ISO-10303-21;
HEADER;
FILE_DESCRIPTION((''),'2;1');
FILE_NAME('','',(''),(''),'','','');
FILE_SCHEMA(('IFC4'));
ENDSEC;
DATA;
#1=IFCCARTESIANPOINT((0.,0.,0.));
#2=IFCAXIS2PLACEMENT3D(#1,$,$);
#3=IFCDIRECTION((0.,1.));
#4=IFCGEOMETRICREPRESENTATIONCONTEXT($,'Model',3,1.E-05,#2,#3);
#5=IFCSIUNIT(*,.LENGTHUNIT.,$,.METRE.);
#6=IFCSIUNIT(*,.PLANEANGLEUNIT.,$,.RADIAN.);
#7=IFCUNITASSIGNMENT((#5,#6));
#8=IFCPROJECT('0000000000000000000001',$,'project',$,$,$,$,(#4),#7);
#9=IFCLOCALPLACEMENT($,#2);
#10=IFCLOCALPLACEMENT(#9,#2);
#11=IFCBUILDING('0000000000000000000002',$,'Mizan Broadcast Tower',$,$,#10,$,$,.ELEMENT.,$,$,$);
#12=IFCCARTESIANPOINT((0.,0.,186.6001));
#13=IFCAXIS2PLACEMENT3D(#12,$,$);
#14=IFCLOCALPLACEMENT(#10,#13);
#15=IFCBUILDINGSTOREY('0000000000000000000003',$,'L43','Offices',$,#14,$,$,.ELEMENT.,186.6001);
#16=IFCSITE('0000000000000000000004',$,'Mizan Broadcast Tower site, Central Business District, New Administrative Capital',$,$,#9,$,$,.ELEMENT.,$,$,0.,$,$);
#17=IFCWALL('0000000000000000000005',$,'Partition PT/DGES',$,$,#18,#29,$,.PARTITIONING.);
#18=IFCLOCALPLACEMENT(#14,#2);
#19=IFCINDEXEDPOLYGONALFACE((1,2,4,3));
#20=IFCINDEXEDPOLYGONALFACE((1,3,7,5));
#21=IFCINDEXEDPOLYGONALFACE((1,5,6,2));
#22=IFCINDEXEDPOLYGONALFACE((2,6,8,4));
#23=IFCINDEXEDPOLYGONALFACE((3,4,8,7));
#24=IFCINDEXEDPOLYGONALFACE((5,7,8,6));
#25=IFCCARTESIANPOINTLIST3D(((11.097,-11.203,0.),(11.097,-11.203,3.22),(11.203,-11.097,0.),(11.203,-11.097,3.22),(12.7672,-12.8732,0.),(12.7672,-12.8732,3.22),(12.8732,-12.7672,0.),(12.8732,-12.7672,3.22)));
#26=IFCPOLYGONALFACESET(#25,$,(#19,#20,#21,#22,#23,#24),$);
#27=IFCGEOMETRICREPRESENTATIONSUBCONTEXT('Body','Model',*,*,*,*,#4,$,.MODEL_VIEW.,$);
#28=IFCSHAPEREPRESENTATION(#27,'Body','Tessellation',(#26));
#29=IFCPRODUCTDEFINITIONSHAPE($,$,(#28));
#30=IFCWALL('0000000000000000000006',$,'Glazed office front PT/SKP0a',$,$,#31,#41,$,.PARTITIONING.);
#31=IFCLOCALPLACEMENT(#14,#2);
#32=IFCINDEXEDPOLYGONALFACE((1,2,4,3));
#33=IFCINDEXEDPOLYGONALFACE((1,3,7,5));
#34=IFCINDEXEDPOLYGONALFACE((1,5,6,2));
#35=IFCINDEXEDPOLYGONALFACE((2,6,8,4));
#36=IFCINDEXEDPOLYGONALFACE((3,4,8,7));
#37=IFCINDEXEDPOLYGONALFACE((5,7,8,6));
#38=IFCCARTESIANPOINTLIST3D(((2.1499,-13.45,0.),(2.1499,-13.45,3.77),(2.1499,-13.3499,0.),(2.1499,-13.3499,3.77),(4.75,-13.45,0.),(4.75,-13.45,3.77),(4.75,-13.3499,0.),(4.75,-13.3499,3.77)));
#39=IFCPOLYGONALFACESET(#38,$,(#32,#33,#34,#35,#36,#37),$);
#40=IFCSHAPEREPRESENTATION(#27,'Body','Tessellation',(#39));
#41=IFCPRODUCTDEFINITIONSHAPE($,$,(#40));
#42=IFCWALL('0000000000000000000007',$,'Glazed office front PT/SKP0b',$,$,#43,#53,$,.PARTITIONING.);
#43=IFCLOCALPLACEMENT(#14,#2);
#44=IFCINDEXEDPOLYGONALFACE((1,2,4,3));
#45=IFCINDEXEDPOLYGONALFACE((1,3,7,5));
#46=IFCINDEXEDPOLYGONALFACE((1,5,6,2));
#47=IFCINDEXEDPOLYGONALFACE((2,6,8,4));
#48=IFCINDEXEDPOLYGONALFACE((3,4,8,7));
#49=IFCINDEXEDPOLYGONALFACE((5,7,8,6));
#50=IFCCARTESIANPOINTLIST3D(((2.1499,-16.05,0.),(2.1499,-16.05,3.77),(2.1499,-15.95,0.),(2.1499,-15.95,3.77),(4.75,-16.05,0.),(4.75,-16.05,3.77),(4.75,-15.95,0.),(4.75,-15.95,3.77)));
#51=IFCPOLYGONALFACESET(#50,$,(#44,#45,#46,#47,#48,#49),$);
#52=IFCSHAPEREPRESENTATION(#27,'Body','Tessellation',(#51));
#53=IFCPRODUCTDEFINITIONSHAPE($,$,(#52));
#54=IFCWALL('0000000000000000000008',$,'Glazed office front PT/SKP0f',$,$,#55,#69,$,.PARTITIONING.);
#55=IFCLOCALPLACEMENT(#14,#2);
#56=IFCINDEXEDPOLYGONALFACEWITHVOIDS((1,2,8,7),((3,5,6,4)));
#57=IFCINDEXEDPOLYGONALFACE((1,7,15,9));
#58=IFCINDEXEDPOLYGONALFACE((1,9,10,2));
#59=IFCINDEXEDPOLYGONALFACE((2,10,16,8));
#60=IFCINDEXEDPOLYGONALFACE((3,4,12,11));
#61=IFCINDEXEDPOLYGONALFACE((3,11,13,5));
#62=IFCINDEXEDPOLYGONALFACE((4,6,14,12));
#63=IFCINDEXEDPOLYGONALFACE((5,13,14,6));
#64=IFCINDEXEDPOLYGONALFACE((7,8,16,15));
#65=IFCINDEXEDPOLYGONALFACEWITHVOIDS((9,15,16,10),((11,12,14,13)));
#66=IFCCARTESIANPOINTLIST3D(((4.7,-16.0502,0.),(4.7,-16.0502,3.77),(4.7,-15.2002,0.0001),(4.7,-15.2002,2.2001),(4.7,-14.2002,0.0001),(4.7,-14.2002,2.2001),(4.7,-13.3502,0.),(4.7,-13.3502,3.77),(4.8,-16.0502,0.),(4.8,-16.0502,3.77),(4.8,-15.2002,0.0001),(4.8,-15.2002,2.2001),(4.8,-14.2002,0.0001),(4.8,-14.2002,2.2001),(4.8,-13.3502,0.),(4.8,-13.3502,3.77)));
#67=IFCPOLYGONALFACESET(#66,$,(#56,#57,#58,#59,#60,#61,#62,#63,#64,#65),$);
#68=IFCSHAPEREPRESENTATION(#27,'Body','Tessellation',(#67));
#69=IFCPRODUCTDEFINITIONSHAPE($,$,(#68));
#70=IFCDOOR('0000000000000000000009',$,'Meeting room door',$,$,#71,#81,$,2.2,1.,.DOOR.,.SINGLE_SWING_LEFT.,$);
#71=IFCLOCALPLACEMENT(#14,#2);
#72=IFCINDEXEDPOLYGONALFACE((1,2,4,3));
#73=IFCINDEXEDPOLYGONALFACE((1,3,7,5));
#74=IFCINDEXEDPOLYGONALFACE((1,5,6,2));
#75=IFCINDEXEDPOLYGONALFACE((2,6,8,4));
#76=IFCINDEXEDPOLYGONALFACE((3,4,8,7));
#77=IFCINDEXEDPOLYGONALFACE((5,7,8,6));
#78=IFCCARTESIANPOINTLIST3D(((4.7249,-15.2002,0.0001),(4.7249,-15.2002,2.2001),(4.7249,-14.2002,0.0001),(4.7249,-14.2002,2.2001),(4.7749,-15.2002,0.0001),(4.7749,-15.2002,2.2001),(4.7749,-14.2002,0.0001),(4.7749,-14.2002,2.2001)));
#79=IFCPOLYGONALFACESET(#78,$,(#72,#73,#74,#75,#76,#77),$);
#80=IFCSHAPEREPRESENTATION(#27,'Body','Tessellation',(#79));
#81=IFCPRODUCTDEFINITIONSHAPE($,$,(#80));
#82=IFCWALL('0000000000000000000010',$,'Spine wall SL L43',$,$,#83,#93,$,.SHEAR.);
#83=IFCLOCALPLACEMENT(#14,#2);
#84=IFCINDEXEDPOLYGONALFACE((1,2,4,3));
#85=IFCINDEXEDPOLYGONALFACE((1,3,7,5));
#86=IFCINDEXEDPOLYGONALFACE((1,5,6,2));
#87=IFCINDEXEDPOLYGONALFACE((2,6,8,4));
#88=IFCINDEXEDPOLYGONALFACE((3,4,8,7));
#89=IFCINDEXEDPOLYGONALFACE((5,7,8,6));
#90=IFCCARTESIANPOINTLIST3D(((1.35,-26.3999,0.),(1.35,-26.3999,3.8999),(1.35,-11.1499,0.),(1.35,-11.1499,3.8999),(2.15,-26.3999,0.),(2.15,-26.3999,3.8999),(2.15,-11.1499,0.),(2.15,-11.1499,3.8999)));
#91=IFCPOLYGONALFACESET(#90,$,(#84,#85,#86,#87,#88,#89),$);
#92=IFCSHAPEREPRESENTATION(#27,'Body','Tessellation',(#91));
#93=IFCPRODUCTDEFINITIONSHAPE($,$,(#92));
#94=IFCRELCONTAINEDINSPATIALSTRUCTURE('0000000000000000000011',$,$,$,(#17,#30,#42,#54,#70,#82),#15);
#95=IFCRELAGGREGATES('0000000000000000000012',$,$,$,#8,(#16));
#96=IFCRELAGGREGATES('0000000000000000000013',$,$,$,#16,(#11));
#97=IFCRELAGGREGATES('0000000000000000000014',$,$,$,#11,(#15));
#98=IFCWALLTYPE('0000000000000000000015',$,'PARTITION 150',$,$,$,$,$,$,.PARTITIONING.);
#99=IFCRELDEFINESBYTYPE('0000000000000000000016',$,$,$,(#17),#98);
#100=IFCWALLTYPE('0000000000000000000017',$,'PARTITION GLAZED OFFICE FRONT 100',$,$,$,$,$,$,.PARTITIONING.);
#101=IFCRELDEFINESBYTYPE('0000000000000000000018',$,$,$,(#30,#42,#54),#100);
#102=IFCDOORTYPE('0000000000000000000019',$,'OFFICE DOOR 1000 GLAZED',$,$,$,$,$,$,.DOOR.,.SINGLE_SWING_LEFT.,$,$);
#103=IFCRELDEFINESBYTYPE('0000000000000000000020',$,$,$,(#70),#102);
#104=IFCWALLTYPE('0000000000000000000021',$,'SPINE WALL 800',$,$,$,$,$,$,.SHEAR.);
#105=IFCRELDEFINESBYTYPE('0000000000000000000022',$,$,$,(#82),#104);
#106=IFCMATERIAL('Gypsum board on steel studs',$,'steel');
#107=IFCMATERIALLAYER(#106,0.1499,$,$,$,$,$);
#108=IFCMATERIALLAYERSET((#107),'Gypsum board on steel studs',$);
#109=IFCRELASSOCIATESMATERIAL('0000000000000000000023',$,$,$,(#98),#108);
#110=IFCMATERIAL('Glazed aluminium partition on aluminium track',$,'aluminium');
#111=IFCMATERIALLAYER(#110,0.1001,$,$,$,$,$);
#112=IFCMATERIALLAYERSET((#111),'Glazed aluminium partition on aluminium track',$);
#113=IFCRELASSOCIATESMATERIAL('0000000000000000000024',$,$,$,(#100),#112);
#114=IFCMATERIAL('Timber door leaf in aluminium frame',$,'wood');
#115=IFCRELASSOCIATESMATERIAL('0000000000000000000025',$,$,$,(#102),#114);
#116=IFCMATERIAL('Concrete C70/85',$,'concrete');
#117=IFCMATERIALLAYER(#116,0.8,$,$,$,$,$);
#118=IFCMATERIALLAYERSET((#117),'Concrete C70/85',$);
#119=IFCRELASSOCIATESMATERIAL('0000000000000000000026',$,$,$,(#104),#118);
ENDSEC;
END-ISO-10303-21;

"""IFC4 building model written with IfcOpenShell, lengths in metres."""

from ifc_helpers import new_model, si_unit, direction, frame, frame_2d, origin, place, context, subcontext, project, spatial, rectangle, extrude, material, layer, layer_set, type_object, element, fill, save


model = new_model("IFC4")

# Units and contexts
model_context = context("Model", 3, precision=1e-05, world=origin(), true_north=direction((0.0, 1.0)))
body_context = subcontext(model_context, "Body", "Model", "MODEL_VIEW")
ifc_project = project(units=[si_unit("LENGTHUNIT", "METRE"), si_unit("PLANEANGLEUNIT", "RADIAN")], contexts=[model_context])

# Site, building, storey
site_placement = place(None, origin())
site = spatial("IfcSite", under=ifc_project, at=site_placement, Name="Mizan Broadcast Tower site, Central Business District, New Administrative Capital", CompositionType="ELEMENT", RefElevation=0.0)
building_placement = place(site_placement, origin())
building = spatial("IfcBuilding", under=site, at=building_placement, Name="Mizan Broadcast Tower", CompositionType="ELEMENT")
storey_placement = place(building_placement, frame((0.0, 0.0, 186.6001)))
storey = spatial("IfcBuildingStorey", under=building, at=storey_placement, Name="L43", Description="Offices", CompositionType="ELEMENT", Elevation=186.6001)

# Walls
ifc_material_1 = material(Name="Gypsum board on steel studs", Category="steel")
ifc_layer_1 = layer(ifc_material_1, 0.1499)
ifc_layer_set_1 = layer_set([ifc_layer_1], Name="Gypsum board on steel studs")
wall_type_1 = type_object("IfcWallType", Name="PARTITION 150", PredefinedType="PARTITIONING", material=ifc_layer_set_1)
wall_1_placement = place(storey_placement, frame((11.1499, -11.1499, 0.0), z_axis=(0.0, 0.0, 1.0), x_axis=(0.707107, -0.707107, 0.0)))
element("IfcWall", 1, at=wall_1_placement, inside=storey, type_object=wall_type_1, Name="Partition PT/DGES", PredefinedType="PARTITIONING", context=body_context, shape_type="SweptSolid", body=[
    extrude(rectangle(XDim=2.3621, YDim=0.1499, at=frame_2d((1.1812, 0.0))), origin(), (0.0, 0.0, 1.0), 3.22),
])
ifc_material_2 = material(Name="Glazed aluminium partition on aluminium track", Category="aluminium")
ifc_layer_2 = layer(ifc_material_2, 0.1001)
ifc_layer_set_2 = layer_set([ifc_layer_2], Name="Glazed aluminium partition on aluminium track")
wall_type_2 = type_object("IfcWallType", Name="PARTITION GLAZED OFFICE FRONT 100", PredefinedType="PARTITIONING", material=ifc_layer_set_2)
for number, where, z_axis, x_axis, name in (
    (2, (2.1499, -13.3999, 0.0), (0.0, 0.0, 1.0), (1.0, 0.0, 0.0), "Glazed office front PT/SKP0a"),
    (3, (2.1499, -16.0, 0.0), (0.0, 0.0, 1.0), (1.0, 0.0, 0.0), "Glazed office front PT/SKP0b"),
):
    element("IfcWall", number, at=place(storey_placement, frame(where, z_axis=z_axis, x_axis=x_axis)), inside=storey, type_object=wall_type_2, Name=name, PredefinedType="PARTITIONING", context=body_context, shape_type="SweptSolid", body=[
        extrude(rectangle(XDim=2.6001, YDim=0.1001, at=frame_2d((1.3, 0.0))), origin(), (0.0, 0.0, 1.0), 3.77),
    ])

# Wall, opening, door
wall_2_placement = place(storey_placement, frame((4.75, -13.3501, 0.0), z_axis=(0.0, 0.0, 1.0), x_axis=(0.0, -1.0, 0.0)))
wall_2 = element("IfcWall", 4, at=wall_2_placement, inside=storey, type_object=wall_type_2, Name="Glazed office front PT/SKP0f", PredefinedType="PARTITIONING", context=body_context, shape_type="SweptSolid", body=[
    extrude(rectangle(XDim=2.7, YDim=0.1001, at=frame_2d((1.3501, 0.0))), origin(), (0.0, 0.0, 1.0), 3.77),
])
opening_1_placement = place(wall_2_placement, frame((0.8501, 0.0, 0.0)))
opening_1 = element("IfcOpeningElement", 5, at=opening_1_placement, cuts=wall_2, PredefinedType="OPENING", context=body_context, shape_type="SweptSolid", body=[
    extrude(rectangle(XDim=1.0, YDim=2.2, at=frame_2d((0.5, 1.1001))), frame((0.0, 0.0601, 0.0), z_axis=(0.0, -1.0, 0.0), x_axis=(1.0, 0.0, 0.0)), (0.0, 0.0, 1.0), 0.1201),
])
ifc_material_3 = material(Name="Timber door leaf in aluminium frame", Category="wood")
door_type_1 = type_object("IfcDoorType", Name="OFFICE DOOR 1000 GLAZED", OperationType="SINGLE_SWING_LEFT", PredefinedType="DOOR", material=ifc_material_3)
door_1_placement = place(opening_1_placement, origin())
door_1 = element("IfcDoor", 6, at=door_1_placement, inside=storey, type_object=door_type_1, Name="Meeting room door", OperationType="SINGLE_SWING_LEFT", OverallHeight=2.2, OverallWidth=1.0, PredefinedType="DOOR", context=body_context, shape_type="SweptSolid", body=[
    extrude(rectangle(XDim=1.0, YDim=2.2, at=frame_2d((0.5, 1.1001))), frame((0.0, 0.0249, 0.0), z_axis=(0.0, -1.0, 0.0), x_axis=(1.0, 0.0, 0.0)), (0.0, 0.0, 1.0), 0.05),
])
fill(opening_1, door_1)

# Wall
ifc_material_4 = material(Name="Concrete C70/85", Category="concrete")
ifc_layer_3 = layer(ifc_material_4, 0.8)
ifc_layer_set_3 = layer_set([ifc_layer_3], Name="Concrete C70/85")
wall_type_3 = type_object("IfcWallType", Name="SPINE WALL 800", PredefinedType="SHEAR", material=ifc_layer_set_3)
wall_3_placement = place(storey_placement, frame((1.75, -11.1499, 0.0), z_axis=(0.0, 0.0, 1.0), x_axis=(0.0, -1.0, 0.0)))
element("IfcWall", 7, at=wall_3_placement, inside=storey, type_object=wall_type_3, Name="Spine wall SL L43", PredefinedType="SHEAR", context=body_context, shape_type="SweptSolid", body=[
    extrude(rectangle(XDim=15.25, YDim=0.8, at=frame_2d((7.625, 0.0))), origin(), (0.0, 0.0, 1.0), 3.8999),
])

save(model, "model.ifc")
